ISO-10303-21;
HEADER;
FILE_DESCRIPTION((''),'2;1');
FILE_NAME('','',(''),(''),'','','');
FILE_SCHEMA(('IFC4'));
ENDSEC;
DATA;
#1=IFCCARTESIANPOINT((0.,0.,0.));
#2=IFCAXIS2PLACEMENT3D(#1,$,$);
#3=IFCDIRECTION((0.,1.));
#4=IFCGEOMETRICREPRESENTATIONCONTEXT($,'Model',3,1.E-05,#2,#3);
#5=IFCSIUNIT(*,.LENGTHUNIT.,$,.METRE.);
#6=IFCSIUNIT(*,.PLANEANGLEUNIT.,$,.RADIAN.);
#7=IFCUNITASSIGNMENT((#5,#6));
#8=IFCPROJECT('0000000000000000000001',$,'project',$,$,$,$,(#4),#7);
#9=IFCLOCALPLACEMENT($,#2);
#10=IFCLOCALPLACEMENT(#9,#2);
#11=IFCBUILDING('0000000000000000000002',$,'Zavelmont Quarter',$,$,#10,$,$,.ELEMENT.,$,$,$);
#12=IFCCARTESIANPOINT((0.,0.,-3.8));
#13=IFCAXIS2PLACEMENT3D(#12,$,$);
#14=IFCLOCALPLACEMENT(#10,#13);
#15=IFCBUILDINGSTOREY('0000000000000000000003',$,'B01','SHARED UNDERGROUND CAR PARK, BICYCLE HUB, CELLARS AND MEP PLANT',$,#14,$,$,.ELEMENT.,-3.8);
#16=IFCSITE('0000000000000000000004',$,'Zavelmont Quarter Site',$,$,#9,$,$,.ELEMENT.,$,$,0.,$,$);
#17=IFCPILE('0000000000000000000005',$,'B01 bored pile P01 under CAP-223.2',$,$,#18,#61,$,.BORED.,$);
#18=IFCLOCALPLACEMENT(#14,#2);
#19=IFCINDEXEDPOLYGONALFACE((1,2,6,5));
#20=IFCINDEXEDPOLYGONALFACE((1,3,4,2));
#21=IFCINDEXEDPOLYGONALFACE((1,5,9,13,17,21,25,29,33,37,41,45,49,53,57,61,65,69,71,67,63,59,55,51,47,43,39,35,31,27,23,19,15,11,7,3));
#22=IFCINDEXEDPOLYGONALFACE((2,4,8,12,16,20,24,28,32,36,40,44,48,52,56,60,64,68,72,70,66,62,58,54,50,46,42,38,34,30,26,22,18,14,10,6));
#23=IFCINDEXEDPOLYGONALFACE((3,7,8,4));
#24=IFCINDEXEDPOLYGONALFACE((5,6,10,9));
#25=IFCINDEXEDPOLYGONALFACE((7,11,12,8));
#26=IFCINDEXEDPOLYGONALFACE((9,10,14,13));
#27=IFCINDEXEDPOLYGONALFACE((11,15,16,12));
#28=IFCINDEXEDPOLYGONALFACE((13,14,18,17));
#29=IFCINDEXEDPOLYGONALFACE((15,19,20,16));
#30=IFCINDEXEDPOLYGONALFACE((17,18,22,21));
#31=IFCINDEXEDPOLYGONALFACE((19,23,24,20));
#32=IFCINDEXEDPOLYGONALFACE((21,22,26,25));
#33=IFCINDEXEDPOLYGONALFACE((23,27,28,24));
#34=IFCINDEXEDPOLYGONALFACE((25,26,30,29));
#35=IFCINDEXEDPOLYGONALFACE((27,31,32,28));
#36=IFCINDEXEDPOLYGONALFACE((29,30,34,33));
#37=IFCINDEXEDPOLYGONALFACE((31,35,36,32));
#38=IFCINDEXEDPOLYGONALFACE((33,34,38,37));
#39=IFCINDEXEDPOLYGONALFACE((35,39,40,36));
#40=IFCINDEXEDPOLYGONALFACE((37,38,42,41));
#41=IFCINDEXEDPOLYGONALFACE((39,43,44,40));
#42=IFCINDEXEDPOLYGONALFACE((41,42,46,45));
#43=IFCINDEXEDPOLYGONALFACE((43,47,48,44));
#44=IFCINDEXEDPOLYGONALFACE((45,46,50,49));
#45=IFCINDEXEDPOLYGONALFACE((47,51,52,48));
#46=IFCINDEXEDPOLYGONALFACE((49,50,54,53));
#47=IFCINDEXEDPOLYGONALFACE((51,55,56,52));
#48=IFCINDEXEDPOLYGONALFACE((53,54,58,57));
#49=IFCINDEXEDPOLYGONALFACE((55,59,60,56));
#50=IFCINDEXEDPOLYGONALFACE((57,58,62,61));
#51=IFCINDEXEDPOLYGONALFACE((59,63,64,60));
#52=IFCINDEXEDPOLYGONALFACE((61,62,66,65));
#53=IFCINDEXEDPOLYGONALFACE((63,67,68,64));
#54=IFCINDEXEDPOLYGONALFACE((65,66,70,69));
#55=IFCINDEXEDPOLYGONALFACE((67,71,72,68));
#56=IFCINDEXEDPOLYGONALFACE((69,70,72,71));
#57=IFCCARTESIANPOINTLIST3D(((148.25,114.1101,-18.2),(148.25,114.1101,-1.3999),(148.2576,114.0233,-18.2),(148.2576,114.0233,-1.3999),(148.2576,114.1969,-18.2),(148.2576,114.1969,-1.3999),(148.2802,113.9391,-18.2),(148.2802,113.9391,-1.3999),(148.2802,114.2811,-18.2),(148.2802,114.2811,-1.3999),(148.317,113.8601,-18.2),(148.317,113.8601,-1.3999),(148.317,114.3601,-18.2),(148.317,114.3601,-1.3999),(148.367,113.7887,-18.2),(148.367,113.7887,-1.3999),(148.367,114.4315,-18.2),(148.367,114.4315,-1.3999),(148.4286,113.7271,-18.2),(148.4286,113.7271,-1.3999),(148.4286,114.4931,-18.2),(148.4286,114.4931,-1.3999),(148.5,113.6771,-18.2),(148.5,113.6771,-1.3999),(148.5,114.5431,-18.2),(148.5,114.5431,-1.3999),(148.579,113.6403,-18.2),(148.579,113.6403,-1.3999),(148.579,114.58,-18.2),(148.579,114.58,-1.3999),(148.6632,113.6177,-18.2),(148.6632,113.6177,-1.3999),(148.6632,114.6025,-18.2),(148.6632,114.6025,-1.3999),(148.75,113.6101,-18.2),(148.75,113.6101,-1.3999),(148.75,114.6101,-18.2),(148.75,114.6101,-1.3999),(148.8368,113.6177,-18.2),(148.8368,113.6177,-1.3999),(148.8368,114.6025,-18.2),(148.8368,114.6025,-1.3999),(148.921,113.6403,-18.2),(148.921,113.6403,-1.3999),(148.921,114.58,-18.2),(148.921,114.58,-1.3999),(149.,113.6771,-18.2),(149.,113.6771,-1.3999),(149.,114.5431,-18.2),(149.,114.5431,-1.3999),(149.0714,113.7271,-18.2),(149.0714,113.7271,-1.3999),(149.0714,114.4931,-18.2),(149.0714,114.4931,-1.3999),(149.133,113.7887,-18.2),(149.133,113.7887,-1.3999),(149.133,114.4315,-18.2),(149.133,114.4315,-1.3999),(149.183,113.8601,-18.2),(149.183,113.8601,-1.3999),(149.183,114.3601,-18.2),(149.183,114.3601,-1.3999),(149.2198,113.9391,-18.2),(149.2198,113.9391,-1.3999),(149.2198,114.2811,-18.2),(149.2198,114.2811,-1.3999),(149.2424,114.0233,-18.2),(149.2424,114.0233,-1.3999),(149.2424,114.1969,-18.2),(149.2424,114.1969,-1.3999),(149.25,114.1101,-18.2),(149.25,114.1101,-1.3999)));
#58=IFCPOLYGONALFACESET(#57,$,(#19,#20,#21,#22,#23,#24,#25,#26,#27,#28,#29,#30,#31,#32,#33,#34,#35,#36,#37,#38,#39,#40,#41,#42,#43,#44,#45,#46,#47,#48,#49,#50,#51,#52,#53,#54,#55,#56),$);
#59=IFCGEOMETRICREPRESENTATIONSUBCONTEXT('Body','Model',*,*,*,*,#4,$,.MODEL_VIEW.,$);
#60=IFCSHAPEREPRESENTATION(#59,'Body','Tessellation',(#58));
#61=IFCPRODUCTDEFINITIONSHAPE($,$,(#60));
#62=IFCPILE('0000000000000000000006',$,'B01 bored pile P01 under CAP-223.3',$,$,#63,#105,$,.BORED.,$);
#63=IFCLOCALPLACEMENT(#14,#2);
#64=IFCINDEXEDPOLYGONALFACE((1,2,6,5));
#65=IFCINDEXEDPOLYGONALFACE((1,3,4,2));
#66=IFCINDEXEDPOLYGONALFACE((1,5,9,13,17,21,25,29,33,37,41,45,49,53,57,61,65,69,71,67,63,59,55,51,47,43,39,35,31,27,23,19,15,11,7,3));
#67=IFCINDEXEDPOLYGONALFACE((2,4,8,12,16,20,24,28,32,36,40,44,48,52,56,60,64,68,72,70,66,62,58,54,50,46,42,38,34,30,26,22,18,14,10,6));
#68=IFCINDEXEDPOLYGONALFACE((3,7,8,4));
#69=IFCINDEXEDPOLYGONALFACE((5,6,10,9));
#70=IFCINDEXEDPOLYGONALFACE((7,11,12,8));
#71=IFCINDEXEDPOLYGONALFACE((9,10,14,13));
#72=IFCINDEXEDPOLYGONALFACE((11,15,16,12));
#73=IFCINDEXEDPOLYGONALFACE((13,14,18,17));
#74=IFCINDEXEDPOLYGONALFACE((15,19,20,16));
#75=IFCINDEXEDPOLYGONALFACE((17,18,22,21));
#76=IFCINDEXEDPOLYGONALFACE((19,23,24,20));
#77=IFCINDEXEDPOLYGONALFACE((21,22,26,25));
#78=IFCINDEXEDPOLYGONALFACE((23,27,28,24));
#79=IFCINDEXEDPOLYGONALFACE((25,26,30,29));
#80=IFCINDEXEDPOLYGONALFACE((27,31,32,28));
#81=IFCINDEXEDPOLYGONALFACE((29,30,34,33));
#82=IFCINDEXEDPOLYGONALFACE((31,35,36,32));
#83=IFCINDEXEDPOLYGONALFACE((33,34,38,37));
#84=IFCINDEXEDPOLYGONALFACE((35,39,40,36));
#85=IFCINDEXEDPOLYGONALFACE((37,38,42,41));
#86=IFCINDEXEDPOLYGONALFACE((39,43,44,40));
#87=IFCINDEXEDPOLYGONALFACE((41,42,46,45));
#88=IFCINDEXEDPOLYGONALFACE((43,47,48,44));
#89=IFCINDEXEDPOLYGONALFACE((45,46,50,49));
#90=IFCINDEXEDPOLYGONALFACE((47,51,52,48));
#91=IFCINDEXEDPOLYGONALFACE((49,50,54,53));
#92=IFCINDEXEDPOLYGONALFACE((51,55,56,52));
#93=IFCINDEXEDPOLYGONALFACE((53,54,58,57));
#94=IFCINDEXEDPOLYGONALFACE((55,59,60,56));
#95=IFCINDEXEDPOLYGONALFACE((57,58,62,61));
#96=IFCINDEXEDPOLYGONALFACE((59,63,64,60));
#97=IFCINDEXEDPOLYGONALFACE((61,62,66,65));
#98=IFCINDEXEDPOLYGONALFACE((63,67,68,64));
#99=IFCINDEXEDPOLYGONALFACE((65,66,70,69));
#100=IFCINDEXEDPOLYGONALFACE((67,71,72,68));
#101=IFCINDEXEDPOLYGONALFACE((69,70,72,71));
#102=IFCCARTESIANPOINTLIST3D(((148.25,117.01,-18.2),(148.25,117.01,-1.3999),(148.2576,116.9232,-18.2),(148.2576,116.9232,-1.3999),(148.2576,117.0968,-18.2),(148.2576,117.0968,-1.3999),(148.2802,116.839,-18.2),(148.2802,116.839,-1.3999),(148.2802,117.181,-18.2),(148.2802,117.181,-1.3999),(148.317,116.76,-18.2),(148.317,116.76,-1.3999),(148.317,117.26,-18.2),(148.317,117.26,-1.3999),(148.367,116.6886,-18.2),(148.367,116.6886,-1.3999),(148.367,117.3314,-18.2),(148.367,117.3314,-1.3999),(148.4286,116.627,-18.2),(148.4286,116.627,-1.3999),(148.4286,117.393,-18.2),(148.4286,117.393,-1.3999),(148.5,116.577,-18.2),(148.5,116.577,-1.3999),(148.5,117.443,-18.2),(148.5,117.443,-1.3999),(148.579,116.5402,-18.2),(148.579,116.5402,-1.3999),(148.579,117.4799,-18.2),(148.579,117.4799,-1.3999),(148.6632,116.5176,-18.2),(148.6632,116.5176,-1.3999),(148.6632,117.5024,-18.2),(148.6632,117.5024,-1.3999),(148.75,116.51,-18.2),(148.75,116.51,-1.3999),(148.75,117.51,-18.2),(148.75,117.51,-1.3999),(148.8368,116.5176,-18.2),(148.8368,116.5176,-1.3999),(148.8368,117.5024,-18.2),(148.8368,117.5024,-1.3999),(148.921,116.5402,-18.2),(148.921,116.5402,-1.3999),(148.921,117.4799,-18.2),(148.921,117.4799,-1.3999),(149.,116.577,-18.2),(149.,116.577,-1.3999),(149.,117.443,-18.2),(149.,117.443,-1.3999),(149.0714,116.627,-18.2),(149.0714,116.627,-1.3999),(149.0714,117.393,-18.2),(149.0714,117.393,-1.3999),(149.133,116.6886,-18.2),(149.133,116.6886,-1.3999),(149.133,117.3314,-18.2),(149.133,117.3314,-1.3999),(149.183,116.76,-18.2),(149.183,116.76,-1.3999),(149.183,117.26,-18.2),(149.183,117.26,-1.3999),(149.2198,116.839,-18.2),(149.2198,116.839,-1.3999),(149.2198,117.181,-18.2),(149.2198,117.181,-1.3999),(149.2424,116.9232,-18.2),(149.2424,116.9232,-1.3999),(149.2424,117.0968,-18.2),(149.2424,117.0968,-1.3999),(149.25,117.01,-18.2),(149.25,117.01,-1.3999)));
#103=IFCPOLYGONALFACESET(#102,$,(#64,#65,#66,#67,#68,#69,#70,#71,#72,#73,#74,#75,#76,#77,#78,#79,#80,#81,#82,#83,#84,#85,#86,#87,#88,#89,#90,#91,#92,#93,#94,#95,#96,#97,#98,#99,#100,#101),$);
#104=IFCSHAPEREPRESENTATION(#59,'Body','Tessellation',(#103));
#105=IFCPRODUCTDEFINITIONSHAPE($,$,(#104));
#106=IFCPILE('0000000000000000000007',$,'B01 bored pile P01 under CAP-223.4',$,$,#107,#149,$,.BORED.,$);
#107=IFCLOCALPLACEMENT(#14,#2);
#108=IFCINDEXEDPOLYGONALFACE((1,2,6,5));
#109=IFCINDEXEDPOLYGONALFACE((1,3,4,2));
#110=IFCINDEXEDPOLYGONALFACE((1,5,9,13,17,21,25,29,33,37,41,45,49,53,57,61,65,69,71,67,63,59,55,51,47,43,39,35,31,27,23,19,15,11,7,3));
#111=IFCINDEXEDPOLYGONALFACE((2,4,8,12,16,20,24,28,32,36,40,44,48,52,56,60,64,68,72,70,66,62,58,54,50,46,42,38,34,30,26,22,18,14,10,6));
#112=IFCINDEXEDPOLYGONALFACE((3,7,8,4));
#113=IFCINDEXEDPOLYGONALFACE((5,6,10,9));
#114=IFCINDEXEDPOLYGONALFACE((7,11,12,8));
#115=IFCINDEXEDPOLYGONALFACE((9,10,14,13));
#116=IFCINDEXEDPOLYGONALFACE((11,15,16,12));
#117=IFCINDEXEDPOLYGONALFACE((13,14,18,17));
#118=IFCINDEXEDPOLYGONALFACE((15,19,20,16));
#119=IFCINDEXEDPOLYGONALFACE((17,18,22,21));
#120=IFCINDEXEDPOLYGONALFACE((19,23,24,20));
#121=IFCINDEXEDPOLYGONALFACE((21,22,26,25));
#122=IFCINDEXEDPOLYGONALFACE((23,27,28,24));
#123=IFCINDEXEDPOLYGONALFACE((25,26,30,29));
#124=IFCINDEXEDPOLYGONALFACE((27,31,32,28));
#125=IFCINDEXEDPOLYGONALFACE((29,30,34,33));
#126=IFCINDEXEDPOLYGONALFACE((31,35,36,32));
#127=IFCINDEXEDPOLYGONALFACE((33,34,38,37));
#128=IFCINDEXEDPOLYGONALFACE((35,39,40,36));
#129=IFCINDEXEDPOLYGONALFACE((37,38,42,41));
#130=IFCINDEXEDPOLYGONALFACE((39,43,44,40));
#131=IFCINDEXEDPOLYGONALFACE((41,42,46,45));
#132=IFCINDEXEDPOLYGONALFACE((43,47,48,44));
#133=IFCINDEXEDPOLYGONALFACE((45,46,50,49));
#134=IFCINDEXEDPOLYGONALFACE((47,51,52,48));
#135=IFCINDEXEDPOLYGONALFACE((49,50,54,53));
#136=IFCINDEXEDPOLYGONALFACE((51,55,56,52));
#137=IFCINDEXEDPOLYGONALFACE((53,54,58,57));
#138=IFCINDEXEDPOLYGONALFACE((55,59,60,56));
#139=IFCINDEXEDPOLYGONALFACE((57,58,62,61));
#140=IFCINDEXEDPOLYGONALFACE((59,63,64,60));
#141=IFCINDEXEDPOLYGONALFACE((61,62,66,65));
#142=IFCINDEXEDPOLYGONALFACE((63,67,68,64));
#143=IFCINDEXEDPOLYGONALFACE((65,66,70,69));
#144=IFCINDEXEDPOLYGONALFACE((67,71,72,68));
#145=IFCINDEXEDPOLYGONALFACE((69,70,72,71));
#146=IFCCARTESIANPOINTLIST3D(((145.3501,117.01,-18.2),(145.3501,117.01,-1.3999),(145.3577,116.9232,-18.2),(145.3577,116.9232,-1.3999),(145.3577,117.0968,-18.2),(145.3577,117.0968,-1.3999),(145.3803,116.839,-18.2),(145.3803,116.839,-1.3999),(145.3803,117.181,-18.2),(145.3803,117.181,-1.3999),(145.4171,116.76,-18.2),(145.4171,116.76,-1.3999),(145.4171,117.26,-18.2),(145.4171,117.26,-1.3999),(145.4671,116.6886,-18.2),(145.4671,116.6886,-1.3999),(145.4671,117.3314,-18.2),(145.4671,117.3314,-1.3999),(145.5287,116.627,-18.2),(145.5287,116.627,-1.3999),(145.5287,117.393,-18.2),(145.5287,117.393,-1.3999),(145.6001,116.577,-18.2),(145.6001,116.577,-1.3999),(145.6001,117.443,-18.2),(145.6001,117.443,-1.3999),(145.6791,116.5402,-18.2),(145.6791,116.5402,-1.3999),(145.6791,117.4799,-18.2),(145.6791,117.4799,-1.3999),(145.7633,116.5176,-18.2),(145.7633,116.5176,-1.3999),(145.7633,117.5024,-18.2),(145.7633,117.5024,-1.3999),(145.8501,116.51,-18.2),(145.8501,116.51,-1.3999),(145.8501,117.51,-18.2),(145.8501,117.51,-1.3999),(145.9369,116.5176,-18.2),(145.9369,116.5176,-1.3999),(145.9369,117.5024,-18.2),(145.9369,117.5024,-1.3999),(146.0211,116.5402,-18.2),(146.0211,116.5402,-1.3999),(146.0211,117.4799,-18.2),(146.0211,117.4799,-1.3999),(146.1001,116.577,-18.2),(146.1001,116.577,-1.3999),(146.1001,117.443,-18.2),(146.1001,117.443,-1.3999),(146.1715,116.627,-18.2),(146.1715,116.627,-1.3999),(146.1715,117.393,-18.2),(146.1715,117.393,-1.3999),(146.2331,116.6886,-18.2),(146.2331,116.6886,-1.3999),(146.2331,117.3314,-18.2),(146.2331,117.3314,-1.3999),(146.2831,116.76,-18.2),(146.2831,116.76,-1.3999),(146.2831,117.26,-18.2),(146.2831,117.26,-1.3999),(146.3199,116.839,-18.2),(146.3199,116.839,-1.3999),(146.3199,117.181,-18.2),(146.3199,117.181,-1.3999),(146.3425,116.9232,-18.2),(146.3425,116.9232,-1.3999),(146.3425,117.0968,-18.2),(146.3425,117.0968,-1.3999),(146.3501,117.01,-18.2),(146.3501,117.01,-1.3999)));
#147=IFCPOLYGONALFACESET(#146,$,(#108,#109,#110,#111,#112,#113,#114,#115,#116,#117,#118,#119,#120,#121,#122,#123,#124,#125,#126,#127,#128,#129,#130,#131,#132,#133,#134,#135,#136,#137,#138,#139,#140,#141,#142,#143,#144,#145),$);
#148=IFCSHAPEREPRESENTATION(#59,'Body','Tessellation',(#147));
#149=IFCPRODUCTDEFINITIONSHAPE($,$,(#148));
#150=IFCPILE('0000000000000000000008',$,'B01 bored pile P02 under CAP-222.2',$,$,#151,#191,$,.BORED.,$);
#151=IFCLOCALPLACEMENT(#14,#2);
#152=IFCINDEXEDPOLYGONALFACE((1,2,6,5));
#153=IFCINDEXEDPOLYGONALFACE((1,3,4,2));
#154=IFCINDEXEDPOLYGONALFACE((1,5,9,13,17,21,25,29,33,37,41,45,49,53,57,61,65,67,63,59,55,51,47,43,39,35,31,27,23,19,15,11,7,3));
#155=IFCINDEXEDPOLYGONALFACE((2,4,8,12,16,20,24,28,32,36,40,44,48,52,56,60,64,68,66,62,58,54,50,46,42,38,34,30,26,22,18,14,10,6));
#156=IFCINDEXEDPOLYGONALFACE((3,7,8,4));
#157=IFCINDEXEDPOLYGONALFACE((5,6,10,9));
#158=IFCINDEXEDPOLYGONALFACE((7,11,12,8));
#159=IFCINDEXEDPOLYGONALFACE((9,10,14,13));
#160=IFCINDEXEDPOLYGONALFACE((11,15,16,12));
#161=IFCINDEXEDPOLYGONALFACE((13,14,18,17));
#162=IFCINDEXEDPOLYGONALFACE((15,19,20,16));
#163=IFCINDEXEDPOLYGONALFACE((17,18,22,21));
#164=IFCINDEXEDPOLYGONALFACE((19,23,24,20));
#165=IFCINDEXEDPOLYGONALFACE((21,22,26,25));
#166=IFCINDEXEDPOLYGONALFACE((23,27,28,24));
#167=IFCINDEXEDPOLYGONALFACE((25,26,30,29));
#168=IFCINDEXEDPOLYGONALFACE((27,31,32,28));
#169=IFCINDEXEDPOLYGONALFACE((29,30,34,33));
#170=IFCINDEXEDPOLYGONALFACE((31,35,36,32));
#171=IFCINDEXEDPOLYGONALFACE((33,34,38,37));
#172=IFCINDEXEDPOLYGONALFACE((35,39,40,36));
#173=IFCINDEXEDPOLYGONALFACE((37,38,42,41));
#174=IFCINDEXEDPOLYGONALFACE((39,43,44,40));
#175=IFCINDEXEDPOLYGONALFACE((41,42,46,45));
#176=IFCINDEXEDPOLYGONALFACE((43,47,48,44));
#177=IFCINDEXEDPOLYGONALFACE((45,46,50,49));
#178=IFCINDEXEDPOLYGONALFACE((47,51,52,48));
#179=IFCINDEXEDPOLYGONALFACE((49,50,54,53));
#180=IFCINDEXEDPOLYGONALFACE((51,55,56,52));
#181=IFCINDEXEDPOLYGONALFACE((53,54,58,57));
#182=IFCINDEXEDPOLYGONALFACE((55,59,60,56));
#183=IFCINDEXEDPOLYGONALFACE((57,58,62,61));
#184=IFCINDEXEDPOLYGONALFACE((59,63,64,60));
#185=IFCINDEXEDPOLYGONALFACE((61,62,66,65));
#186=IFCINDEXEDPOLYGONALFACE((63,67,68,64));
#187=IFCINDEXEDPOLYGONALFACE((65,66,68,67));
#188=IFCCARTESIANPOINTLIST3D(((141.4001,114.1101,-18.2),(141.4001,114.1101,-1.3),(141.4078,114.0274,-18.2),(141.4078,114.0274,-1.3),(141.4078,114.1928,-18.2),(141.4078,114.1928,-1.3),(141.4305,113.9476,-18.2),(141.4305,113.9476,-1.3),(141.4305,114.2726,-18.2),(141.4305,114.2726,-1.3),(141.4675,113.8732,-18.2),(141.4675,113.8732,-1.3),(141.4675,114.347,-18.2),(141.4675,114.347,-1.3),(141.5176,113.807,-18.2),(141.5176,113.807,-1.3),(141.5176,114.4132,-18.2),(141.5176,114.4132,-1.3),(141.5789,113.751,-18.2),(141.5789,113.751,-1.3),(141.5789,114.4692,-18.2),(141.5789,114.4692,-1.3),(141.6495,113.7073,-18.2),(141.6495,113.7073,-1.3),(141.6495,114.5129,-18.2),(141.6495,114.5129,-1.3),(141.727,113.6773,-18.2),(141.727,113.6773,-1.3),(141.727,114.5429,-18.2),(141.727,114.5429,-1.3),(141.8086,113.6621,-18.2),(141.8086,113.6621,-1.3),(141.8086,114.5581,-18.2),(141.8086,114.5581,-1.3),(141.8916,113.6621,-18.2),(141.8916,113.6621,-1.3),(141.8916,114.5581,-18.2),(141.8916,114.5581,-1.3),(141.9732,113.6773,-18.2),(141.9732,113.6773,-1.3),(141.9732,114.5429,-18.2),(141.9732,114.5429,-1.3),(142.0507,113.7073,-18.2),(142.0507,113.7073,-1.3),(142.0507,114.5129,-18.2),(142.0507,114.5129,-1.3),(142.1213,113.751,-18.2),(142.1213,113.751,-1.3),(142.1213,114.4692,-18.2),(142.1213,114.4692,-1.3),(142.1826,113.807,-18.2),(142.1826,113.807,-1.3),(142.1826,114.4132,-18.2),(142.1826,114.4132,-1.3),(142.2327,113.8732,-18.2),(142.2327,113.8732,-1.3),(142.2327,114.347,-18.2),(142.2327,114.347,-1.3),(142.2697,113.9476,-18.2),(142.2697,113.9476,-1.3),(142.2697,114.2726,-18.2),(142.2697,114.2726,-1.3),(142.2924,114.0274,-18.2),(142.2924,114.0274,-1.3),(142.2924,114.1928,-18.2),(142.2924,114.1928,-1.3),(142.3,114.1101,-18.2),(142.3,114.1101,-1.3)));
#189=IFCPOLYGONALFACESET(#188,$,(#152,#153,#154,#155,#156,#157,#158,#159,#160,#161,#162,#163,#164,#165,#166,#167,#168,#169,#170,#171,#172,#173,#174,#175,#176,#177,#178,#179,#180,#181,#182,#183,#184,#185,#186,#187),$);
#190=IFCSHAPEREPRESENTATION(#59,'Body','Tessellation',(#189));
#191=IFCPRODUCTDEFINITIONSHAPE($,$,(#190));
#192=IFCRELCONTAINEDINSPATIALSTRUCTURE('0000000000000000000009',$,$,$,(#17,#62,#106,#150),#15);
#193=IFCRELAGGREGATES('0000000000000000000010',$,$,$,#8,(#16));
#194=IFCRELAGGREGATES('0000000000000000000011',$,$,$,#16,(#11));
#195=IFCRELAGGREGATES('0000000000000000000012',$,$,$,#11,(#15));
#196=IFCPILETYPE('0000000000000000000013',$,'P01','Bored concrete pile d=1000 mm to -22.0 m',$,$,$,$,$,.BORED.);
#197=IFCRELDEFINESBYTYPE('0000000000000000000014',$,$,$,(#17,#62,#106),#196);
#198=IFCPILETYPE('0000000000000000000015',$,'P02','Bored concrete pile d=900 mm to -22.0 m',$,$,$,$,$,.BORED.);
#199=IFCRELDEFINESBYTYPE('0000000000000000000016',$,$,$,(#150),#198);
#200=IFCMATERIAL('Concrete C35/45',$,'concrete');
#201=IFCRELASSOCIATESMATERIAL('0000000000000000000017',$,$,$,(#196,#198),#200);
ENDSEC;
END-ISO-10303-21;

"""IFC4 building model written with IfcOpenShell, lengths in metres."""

from ifc_helpers import new_model, si_unit, direction, frame, origin, origin_2d, place, context, subcontext, project, spatial, circle, extrude, material, material_profile, profile_set, type_object, element, save


model = new_model("IFC4")

# Units and contexts
model_context = context("Model", 3, precision=1e-05, world=origin(), true_north=direction((0.0, 1.0)))
body_context = subcontext(model_context, "Body", "Model", "MODEL_VIEW")
ifc_project = project(units=[si_unit("LENGTHUNIT", "METRE"), si_unit("PLANEANGLEUNIT", "RADIAN")], contexts=[model_context])

# Site, building, storey
site_placement = place(None, origin())
site = spatial("IfcSite", under=ifc_project, at=site_placement, Name="Zavelmont Quarter Site", CompositionType="ELEMENT", RefElevation=0.0)
building_placement = place(site_placement, origin())
building = spatial("IfcBuilding", under=site, at=building_placement, Name="Zavelmont Quarter", CompositionType="ELEMENT")
storey_placement = place(building_placement, frame((0.0, 0.0, -3.8)))
storey = spatial("IfcBuildingStorey", under=building, at=storey_placement, Name="B01", Description="SHARED UNDERGROUND CAR PARK, BICYCLE HUB, CELLARS AND MEP PLANT", CompositionType="ELEMENT", Elevation=-3.8)

# Shared definitions
ifc_material_1 = material(Name="Concrete C35/45", Category="concrete")

# Piles
ifc_material_profile_1 = material_profile(ifc_material_1, circle(Radius=0.5, at=origin_2d()), Name="BP1000")
ifc_profile_set_1 = profile_set([ifc_material_profile_1], Name="Concrete C35/45")
pile_type_1 = type_object("IfcPileType", Name="P01", Description="Bored concrete pile d=1000 mm to -22.0 m", PredefinedType="BORED", material=ifc_profile_set_1)
for number, where, z_axis, x_axis, name in (
    (1, (148.75, 114.1101, -1.3999), (0.0, 0.0, -1.0), (1.0, 0.0, 0.0), "B01 bored pile P01 under CAP-223.2"),
    (2, (148.75, 117.01, -1.3999), (0.0, 0.0, -1.0), (1.0, 0.0, 0.0), "B01 bored pile P01 under CAP-223.3"),
    (3, (145.8501, 117.01, -1.3999), (0.0, 0.0, -1.0), (1.0, 0.0, 0.0), "B01 bored pile P01 under CAP-223.4"),
):
    element("IfcPile", number, at=place(storey_placement, frame(where, z_axis=z_axis, x_axis=x_axis)), inside=storey, type_object=pile_type_1, Name=name, PredefinedType="BORED", context=body_context, shape_type="SweptSolid", body=[
        extrude(circle(Radius=0.5, at=origin_2d()), origin(), (0.0, 0.0, 1.0), 16.8),
    ])
ifc_material_profile_2 = material_profile(ifc_material_1, circle(Radius=0.45, at=origin_2d()), Name="BP900")
ifc_profile_set_2 = profile_set([ifc_material_profile_2], Name="Concrete C35/45")
pile_type_2 = type_object("IfcPileType", Name="P02", Description="Bored concrete pile d=900 mm to -22.0 m", PredefinedType="BORED", material=ifc_profile_set_2)
for number, where, z_axis, x_axis, name in (
    (4, (141.8501, 114.1101, -1.3), (0.0, 0.0, -1.0), (1.0, 0.0, 0.0), "B01 bored pile P02 under CAP-222.2"),
):
    element("IfcPile", number, at=place(storey_placement, frame(where, z_axis=z_axis, x_axis=x_axis)), inside=storey, type_object=pile_type_2, Name=name, PredefinedType="BORED", context=body_context, shape_type="SweptSolid", body=[
        extrude(circle(Radius=0.45, at=origin_2d()), origin(), (0.0, 0.0, 1.0), 16.8999),
    ])

save(model, "model.ifc")
